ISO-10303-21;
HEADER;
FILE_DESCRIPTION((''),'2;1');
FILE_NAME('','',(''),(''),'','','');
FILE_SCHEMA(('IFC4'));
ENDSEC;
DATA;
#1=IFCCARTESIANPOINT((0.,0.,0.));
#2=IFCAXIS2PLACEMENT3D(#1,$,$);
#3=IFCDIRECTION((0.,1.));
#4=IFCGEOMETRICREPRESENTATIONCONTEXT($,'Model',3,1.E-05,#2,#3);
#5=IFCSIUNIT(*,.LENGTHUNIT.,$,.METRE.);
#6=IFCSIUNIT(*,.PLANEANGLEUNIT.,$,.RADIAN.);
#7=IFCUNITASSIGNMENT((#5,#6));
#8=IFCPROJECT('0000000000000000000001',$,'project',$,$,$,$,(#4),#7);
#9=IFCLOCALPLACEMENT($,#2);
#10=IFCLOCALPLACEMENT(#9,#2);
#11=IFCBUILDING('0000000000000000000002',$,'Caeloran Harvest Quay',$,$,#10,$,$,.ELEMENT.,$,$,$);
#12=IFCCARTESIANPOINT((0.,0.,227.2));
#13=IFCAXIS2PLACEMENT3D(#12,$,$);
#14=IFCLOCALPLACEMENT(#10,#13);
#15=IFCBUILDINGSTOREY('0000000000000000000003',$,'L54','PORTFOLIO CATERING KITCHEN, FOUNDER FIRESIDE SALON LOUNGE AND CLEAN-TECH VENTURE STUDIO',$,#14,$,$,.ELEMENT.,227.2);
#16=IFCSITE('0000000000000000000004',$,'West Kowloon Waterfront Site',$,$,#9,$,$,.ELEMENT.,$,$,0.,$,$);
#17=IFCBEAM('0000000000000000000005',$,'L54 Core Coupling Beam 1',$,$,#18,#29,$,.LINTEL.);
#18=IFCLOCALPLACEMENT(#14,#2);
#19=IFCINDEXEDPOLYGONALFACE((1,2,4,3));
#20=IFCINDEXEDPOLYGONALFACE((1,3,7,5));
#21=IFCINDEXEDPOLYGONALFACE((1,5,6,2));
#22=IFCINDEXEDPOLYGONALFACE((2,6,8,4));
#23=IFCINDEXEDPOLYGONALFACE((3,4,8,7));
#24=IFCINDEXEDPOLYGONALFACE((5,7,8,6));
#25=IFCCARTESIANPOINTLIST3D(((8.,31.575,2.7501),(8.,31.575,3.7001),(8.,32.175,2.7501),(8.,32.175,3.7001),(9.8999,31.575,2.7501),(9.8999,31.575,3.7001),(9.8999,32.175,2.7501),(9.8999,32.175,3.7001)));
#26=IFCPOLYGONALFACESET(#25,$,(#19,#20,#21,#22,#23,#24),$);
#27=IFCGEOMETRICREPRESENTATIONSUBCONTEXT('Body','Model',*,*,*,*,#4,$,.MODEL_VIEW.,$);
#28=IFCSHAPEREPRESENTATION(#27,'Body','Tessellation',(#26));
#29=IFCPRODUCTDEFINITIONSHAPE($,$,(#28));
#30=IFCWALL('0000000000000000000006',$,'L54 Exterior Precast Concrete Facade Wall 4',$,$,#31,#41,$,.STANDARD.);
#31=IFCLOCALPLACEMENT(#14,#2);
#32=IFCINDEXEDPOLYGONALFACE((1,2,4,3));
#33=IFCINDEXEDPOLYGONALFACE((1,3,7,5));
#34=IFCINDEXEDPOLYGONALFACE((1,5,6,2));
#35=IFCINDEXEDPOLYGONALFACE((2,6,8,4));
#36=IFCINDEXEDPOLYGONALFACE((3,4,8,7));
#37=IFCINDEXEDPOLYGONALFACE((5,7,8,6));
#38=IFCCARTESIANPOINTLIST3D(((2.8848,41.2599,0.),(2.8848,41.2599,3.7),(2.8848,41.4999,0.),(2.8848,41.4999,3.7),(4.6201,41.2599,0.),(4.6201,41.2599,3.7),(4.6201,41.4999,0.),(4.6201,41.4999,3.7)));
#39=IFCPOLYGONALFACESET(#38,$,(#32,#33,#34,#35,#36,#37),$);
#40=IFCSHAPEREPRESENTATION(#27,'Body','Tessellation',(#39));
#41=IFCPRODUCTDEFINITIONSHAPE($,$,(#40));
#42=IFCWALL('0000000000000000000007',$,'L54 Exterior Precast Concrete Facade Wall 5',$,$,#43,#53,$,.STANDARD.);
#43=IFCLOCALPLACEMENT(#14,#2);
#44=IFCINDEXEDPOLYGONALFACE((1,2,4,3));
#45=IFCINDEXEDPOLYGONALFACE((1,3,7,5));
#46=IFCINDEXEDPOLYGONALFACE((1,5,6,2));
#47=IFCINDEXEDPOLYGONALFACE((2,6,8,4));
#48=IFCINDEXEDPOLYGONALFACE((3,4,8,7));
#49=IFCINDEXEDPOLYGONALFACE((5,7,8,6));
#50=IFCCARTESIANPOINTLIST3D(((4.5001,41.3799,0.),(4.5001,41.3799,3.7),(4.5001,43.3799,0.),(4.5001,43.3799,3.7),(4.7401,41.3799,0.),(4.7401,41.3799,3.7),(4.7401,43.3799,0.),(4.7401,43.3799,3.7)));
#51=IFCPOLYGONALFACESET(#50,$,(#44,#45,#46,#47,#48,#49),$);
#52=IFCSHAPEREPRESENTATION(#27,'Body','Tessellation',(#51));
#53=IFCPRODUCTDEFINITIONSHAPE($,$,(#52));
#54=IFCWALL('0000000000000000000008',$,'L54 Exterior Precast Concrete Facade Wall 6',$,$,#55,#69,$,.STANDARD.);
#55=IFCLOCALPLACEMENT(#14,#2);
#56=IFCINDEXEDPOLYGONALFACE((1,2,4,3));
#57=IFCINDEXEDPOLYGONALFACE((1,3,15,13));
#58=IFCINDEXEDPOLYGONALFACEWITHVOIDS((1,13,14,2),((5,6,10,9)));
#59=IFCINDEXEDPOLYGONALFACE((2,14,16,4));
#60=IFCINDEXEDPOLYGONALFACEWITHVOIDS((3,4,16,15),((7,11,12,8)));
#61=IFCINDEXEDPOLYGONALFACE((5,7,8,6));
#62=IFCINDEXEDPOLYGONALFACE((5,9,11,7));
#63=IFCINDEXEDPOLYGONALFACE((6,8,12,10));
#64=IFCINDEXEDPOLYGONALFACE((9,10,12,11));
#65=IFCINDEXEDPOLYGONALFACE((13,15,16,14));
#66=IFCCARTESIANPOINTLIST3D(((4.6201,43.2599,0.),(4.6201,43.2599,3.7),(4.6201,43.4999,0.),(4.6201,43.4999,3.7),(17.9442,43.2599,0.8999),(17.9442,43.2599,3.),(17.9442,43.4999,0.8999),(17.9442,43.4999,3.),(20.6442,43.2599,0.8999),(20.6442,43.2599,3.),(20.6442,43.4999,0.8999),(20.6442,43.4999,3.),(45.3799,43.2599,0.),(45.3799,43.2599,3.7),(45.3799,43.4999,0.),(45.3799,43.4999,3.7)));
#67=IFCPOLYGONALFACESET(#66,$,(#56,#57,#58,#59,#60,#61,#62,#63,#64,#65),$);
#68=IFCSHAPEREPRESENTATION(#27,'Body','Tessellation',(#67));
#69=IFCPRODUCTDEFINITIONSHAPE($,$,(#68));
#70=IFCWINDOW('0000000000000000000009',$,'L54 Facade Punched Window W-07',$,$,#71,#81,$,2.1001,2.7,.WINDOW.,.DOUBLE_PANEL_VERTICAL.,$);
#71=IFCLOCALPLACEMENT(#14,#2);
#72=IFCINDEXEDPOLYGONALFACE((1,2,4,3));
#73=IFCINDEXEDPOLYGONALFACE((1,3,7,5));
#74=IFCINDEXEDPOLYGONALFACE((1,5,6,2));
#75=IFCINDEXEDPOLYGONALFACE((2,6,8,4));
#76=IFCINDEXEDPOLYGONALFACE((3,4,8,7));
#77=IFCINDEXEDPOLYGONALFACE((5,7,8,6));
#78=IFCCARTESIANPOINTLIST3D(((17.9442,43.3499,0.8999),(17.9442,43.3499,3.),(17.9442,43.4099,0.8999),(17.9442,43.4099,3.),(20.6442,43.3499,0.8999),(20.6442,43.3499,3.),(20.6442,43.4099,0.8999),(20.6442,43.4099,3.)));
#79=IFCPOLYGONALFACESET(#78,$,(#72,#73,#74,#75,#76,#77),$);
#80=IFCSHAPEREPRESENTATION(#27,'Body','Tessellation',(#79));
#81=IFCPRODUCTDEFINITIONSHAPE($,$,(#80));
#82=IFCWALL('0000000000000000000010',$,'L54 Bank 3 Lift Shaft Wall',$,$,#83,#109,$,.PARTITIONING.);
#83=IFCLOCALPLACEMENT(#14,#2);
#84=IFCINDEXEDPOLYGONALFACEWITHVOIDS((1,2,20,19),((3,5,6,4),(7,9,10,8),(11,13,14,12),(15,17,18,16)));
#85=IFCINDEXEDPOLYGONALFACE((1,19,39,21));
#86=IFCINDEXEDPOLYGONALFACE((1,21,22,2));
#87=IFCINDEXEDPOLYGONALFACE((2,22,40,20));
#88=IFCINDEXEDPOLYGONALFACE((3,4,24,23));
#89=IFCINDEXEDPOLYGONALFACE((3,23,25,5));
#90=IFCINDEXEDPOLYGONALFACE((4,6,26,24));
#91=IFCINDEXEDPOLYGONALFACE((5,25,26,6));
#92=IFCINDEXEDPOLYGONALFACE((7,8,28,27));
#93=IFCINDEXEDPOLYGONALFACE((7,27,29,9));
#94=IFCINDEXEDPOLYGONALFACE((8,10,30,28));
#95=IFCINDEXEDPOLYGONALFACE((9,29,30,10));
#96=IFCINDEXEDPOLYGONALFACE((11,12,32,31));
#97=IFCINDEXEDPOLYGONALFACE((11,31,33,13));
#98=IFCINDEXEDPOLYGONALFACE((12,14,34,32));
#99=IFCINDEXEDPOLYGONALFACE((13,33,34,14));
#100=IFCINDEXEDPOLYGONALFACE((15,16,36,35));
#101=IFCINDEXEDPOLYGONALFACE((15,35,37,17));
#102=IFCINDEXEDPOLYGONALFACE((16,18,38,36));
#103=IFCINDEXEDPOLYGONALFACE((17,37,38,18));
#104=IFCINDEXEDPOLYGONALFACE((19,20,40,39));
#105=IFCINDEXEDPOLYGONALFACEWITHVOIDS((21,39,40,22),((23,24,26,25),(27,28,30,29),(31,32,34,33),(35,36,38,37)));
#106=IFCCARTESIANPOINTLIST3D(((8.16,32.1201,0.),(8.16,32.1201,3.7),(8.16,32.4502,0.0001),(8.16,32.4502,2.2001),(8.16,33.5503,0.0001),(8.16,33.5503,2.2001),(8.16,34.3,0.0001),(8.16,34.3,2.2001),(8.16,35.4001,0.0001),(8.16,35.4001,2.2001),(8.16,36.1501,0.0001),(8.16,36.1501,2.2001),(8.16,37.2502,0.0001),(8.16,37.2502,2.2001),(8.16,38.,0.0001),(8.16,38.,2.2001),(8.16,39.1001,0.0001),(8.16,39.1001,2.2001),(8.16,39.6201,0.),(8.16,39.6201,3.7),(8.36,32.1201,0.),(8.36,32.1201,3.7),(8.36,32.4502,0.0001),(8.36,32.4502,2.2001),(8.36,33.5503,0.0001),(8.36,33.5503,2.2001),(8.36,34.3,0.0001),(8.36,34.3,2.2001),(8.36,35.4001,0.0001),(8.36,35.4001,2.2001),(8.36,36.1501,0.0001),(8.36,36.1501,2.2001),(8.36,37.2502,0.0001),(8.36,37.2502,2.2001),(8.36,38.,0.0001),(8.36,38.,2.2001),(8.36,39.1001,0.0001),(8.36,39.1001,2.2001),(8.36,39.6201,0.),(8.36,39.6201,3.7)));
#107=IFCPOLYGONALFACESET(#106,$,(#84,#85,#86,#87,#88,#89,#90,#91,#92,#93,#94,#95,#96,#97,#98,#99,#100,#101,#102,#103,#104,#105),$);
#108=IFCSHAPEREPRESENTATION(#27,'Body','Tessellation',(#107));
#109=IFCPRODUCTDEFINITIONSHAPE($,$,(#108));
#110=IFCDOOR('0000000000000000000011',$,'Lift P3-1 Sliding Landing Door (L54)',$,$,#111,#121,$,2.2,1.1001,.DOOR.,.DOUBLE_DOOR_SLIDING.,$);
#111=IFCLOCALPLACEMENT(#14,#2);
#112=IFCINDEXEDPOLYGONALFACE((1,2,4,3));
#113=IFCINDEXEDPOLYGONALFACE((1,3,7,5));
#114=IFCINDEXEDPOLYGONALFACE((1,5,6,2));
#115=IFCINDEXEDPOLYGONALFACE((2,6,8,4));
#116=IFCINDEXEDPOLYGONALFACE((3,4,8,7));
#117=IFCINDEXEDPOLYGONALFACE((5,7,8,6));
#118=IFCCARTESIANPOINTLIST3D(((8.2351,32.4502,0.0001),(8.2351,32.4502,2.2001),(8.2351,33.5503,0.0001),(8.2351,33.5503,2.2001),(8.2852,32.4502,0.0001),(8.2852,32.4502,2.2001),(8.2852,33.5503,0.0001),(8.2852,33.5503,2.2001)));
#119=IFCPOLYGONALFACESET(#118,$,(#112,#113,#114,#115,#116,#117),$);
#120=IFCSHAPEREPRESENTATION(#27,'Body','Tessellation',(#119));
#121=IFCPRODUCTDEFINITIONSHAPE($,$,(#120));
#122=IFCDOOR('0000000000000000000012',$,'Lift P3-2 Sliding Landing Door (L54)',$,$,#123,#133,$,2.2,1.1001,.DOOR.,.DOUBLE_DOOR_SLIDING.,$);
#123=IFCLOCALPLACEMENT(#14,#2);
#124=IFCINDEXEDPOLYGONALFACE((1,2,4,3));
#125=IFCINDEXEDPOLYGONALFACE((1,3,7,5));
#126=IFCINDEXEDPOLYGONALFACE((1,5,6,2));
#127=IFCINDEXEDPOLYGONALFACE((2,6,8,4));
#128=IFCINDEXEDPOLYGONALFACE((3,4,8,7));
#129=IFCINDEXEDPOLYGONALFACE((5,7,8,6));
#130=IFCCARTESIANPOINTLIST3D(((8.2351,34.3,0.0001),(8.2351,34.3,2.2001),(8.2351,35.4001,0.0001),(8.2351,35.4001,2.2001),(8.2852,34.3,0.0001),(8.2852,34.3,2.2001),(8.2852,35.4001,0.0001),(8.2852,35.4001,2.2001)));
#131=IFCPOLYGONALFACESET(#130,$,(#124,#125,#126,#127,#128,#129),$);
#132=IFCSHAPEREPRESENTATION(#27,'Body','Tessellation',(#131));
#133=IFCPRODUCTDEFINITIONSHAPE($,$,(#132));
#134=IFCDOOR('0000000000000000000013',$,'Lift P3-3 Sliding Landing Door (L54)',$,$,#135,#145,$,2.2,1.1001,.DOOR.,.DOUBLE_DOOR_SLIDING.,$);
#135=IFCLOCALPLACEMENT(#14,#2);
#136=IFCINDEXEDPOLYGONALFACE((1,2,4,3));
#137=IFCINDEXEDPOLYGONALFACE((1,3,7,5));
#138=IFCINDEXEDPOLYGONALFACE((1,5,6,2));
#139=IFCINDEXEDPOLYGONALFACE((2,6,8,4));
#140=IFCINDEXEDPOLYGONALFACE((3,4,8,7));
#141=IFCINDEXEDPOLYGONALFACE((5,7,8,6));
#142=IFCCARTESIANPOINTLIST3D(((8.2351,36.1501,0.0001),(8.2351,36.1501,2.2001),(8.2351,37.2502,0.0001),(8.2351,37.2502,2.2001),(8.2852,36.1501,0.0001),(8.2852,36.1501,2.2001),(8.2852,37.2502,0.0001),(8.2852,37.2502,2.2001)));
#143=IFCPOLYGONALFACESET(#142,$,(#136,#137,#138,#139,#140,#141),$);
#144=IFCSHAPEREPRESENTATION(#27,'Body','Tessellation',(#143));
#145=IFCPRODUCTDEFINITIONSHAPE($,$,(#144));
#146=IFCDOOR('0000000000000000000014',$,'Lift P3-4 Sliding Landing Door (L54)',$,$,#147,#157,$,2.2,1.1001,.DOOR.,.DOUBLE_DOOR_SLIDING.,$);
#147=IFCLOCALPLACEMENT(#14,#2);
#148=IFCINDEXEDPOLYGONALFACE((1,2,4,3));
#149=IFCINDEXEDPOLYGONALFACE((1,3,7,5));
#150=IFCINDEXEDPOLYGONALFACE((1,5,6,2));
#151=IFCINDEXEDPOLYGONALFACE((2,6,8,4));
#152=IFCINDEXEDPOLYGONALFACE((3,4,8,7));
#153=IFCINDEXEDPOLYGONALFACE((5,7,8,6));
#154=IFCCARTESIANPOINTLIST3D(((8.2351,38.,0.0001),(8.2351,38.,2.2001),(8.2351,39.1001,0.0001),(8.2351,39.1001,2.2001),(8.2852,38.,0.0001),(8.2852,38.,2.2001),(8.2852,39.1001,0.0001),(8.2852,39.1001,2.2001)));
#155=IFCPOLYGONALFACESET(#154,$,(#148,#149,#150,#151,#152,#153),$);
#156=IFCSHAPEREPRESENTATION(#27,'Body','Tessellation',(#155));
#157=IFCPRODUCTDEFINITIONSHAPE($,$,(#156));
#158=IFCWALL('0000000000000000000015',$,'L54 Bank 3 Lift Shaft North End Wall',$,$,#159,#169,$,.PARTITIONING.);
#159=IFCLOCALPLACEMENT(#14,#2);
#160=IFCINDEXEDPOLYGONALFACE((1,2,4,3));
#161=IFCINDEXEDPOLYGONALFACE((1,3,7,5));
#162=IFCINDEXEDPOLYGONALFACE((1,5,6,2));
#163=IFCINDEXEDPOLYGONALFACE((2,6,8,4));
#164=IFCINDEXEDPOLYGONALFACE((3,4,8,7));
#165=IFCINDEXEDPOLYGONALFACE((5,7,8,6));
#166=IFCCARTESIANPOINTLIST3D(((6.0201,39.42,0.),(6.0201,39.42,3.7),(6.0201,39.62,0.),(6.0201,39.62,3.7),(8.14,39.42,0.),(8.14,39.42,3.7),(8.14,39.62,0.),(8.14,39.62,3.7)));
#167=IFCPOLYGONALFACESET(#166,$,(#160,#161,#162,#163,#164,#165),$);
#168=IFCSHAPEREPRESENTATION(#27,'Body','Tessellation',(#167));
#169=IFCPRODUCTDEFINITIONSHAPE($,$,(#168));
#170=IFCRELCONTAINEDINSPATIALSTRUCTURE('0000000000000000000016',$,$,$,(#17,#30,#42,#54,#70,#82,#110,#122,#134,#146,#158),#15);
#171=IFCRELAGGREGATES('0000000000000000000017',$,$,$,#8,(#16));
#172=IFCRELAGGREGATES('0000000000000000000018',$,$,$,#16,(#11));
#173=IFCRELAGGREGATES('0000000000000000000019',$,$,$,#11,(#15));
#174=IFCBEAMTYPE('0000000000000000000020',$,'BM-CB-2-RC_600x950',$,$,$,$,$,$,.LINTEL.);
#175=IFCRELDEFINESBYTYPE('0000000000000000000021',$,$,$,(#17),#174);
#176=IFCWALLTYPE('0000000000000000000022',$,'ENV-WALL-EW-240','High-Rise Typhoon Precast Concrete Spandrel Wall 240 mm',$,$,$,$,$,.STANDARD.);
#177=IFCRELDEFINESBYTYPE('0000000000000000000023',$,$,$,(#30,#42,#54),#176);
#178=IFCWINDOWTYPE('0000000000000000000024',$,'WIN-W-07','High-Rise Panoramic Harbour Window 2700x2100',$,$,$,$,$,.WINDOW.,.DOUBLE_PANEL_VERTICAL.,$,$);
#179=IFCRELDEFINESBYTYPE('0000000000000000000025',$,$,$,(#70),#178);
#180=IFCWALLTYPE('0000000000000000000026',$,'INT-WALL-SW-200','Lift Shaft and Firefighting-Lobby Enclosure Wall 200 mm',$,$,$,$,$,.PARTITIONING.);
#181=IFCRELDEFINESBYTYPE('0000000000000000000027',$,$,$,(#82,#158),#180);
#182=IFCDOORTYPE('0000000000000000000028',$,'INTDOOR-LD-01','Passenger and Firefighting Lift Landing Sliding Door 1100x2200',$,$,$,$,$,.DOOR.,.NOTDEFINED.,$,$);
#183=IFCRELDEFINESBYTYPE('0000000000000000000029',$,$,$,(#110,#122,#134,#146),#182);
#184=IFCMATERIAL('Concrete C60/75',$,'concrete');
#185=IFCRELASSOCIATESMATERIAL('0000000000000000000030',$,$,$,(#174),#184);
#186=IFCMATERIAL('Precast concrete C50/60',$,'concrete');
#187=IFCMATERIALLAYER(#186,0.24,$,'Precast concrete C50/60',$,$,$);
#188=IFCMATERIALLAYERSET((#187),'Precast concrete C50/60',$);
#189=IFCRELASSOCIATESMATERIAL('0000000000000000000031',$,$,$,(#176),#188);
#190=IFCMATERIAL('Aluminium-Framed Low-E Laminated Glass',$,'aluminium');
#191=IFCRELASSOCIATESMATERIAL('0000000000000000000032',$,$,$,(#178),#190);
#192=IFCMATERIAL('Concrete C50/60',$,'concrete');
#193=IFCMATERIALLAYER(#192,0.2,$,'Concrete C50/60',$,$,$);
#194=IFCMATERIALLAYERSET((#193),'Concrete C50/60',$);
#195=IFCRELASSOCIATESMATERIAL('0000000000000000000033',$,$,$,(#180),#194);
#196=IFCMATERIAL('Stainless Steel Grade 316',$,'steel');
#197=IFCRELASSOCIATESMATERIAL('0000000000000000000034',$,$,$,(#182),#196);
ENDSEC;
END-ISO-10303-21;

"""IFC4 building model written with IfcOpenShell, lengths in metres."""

from ifc_helpers import new_model, si_unit, direction, frame, frame_2d, origin, origin_2d, place, context, subcontext, project, spatial, rectangle, extrude, material, layer, layer_set, material_profile, profile_set, type_object, element, fill, save


model = new_model("IFC4")

# Units and contexts
model_context = context("Model", 3, precision=1e-05, world=origin(), true_north=direction((0.0, 1.0)))
body_context = subcontext(model_context, "Body", "Model", "MODEL_VIEW")
ifc_project = project(units=[si_unit("LENGTHUNIT", "METRE"), si_unit("PLANEANGLEUNIT", "RADIAN")], contexts=[model_context])

# Site, building, storey
site_placement = place(None, origin())
site = spatial("IfcSite", under=ifc_project, at=site_placement, Name="West Kowloon Waterfront Site", CompositionType="ELEMENT", RefElevation=0.0)
building_placement = place(site_placement, origin())
building = spatial("IfcBuilding", under=site, at=building_placement, Name="Caeloran Harvest Quay", CompositionType="ELEMENT")
storey_placement = place(building_placement, frame((0.0, 0.0, 227.2)))
storey = spatial("IfcBuildingStorey", under=building, at=storey_placement, Name="L54", Description="PORTFOLIO CATERING KITCHEN, FOUNDER FIRESIDE SALON LOUNGE AND CLEAN-TECH VENTURE STUDIO", CompositionType="ELEMENT", Elevation=227.2)

# Beam
ifc_material_1 = material(Name="Concrete C60/75", Category="concrete")
ifc_material_profile = material_profile(ifc_material_1, rectangle(XDim=0.6001, YDim=0.95, at=origin_2d()), Name="RC 600x950")
ifc_profile_set = profile_set([ifc_material_profile], Name="Concrete C60/75")
beam_type = type_object("IfcBeamType", Name="BM-CB-2-RC_600x950", PredefinedType="LINTEL", material=ifc_profile_set)
beam_placement = place(storey_placement, frame((8.0, 31.875, 3.2251), z_axis=(1.0, 0.0, 0.0), x_axis=(0.0, 1.0, 0.0)))
element("IfcBeam", 1, at=beam_placement, inside=storey, type_object=beam_type, Name="L54 Core Coupling Beam 1", PredefinedType="LINTEL", context=body_context, shape_type="SweptSolid", body=[
    extrude(rectangle(XDim=0.6001, YDim=0.95, at=origin_2d()), origin(), (0.0, 0.0, 1.0), 1.8999),
])

# Walls
ifc_material_2 = material(Name="Precast concrete C50/60", Category="concrete")
ifc_layer_1 = layer(ifc_material_2, 0.24, Name="Precast concrete C50/60")
ifc_layer_set_1 = layer_set([ifc_layer_1], Name="Precast concrete C50/60")
wall_type_1 = type_object("IfcWallType", Name="ENV-WALL-EW-240", Description="High-Rise Typhoon Precast Concrete Spandrel Wall 240 mm", PredefinedType="STANDARD", material=ifc_layer_set_1)
wall_1_placement = place(storey_placement, frame((2.8848, 41.3799, 0.0), z_axis=(0.0, 0.0, 1.0), x_axis=(1.0, 0.0, 0.0)))
element("IfcWall", 2, at=wall_1_placement, inside=storey, type_object=wall_type_1, Name="L54 Exterior Precast Concrete Facade Wall 4", PredefinedType="STANDARD", context=body_context, shape_type="SweptSolid", body=[
    extrude(rectangle(XDim=1.7354, YDim=0.24, at=frame_2d((0.8677, 0.0))), origin(), (0.0, 0.0, 1.0), 3.7),
])
wall_2_placement = place(storey_placement, frame((4.6201, 41.3799, 0.0), z_axis=(0.0, 0.0, 1.0), x_axis=(0.0, 1.0, 0.0)))
element("IfcWall", 3, at=wall_2_placement, inside=storey, type_object=wall_type_1, Name="L54 Exterior Precast Concrete Facade Wall 5", PredefinedType="STANDARD", context=body_context, shape_type="SweptSolid", body=[
    extrude(rectangle(XDim=2.0, YDim=0.24, at=frame_2d((1.0, 0.0))), origin(), (0.0, 0.0, 1.0), 3.7),
])

# Wall, opening, window
wall_3_placement = place(storey_placement, frame((4.6201, 43.3799, 0.0), z_axis=(0.0, 0.0, 1.0), x_axis=(1.0, 0.0, 0.0)))
wall_3 = element("IfcWall", 4, at=wall_3_placement, inside=storey, type_object=wall_type_1, Name="L54 Exterior Precast Concrete Facade Wall 6", PredefinedType="STANDARD", context=body_context, shape_type="SweptSolid", body=[
    extrude(rectangle(XDim=40.7598, YDim=0.24, at=frame_2d((20.3799, 0.0))), origin(), (0.0, 0.0, 1.0), 3.7),
])
opening_1_placement = place(wall_3_placement, frame((13.324, 0.0, 0.8999)))
opening_1 = element("IfcOpeningElement", 5, at=opening_1_placement, cuts=wall_3, PredefinedType="OPENING", context=body_context, shape_type="SweptSolid", body=[
    extrude(rectangle(XDim=2.7, YDim=2.1001, at=frame_2d((1.3501, 1.05))), frame((0.0, 0.1299, 0.0), z_axis=(0.0, -1.0, 0.0), x_axis=(1.0, 0.0, 0.0)), (0.0, 0.0, 1.0), 0.26),
])
ifc_material_3 = material(Name="Aluminium-Framed Low-E Laminated Glass", Category="aluminium")
window_type = type_object("IfcWindowType", Name="WIN-W-07", Description="High-Rise Panoramic Harbour Window 2700x2100", PartitioningType="DOUBLE_PANEL_VERTICAL", PredefinedType="WINDOW", material=ifc_material_3)
window_placement = place(opening_1_placement, origin())
window = element("IfcWindow", 6, at=window_placement, inside=storey, type_object=window_type, Name="L54 Facade Punched Window W-07", OverallHeight=2.1001, OverallWidth=2.7, PartitioningType="DOUBLE_PANEL_VERTICAL", PredefinedType="WINDOW", context=body_context, shape_type="SweptSolid", body=[
    extrude(rectangle(XDim=2.7, YDim=2.1001, at=frame_2d((1.3501, 1.05))), frame((0.0, 0.03, 0.0), z_axis=(0.0, -1.0, 0.0), x_axis=(1.0, 0.0, 0.0)), (0.0, 0.0, 1.0), 0.0601),
])
fill(opening_1, window)

# Wall, openings, doors
ifc_material_4 = material(Name="Concrete C50/60", Category="concrete")
ifc_layer_2 = layer(ifc_material_4, 0.2, Name="Concrete C50/60")
ifc_layer_set_2 = layer_set([ifc_layer_2], Name="Concrete C50/60")
wall_type_2 = type_object("IfcWallType", Name="INT-WALL-SW-200", Description="Lift Shaft and Firefighting-Lobby Enclosure Wall 200 mm", PredefinedType="PARTITIONING", material=ifc_layer_set_2)
wall_4_placement = place(storey_placement, frame((8.26, 32.1201, 0.0), z_axis=(0.0, 0.0, 1.0), x_axis=(0.0, 1.0, 0.0)))
wall_4 = element("IfcWall", 7, at=wall_4_placement, inside=storey, type_object=wall_type_2, Name="L54 Bank 3 Lift Shaft Wall", PredefinedType="PARTITIONING", context=body_context, shape_type="SweptSolid", body=[
    extrude(rectangle(XDim=7.5, YDim=0.2, at=frame_2d((3.75, 0.0))), origin(), (0.0, 0.0, 1.0), 3.7),
])
opening_2_placement = place(wall_4_placement, frame((0.3301, 0.0, 0.0)))
opening_2 = element("IfcOpeningElement", 8, at=opening_2_placement, cuts=wall_4, PredefinedType="OPENING", context=body_context, shape_type="SweptSolid", body=[
    extrude(rectangle(XDim=1.1001, YDim=2.2, at=frame_2d((0.55, 1.1001))), frame((0.0, 0.1099, 0.0), z_axis=(0.0, -1.0, 0.0), x_axis=(1.0, 0.0, 0.0)), (0.0, 0.0, 1.0), 0.22),
])
opening_3_placement = place(wall_4_placement, frame((2.1799, 0.0, 0.0)))
opening_3 = element("IfcOpeningElement", 9, at=opening_3_placement, cuts=wall_4, PredefinedType="OPENING", context=body_context, shape_type="SweptSolid", body=[
    extrude(rectangle(XDim=1.1001, YDim=2.2, at=frame_2d((0.55, 1.1001))), frame((0.0, 0.1099, 0.0), z_axis=(0.0, -1.0, 0.0), x_axis=(1.0, 0.0, 0.0)), (0.0, 0.0, 1.0), 0.22),
])
opening_4_placement = place(wall_4_placement, frame((4.03, 0.0, 0.0)))
opening_4 = element("IfcOpeningElement", 10, at=opening_4_placement, cuts=wall_4, PredefinedType="OPENING", context=body_context, shape_type="SweptSolid", body=[
    extrude(rectangle(XDim=1.1001, YDim=2.2, at=frame_2d((0.55, 1.1001))), frame((0.0, 0.1099, 0.0), z_axis=(0.0, -1.0, 0.0), x_axis=(1.0, 0.0, 0.0)), (0.0, 0.0, 1.0), 0.22),
])
opening_5_placement = place(wall_4_placement, frame((5.8799, 0.0, 0.0)))
opening_5 = element("IfcOpeningElement", 11, at=opening_5_placement, cuts=wall_4, PredefinedType="OPENING", context=body_context, shape_type="SweptSolid", body=[
    extrude(rectangle(XDim=1.1001, YDim=2.2, at=frame_2d((0.55, 1.1001))), frame((0.0, 0.1099, 0.0), z_axis=(0.0, -1.0, 0.0), x_axis=(1.0, 0.0, 0.0)), (0.0, 0.0, 1.0), 0.22),
])
ifc_material_5 = material(Name="Stainless Steel Grade 316", Category="steel")
door_type_1 = type_object("IfcDoorType", Name="INTDOOR-LD-01", Description="Passenger and Firefighting Lift Landing Sliding Door 1100x2200", OperationType="NOTDEFINED", PredefinedType="DOOR", material=ifc_material_5)
door_1_placement = place(opening_2_placement, origin())
door_1 = element("IfcDoor", 12, at=door_1_placement, inside=storey, type_object=door_type_1, Name="Lift P3-1 Sliding Landing Door (L54)", OperationType="DOUBLE_DOOR_SLIDING", OverallHeight=2.2, OverallWidth=1.1001, PredefinedType="DOOR", context=body_context, shape_type="SweptSolid", body=[
    extrude(rectangle(XDim=1.1001, YDim=2.2, at=frame_2d((0.55, 1.1001))), frame((0.0, 0.0249, 0.0), z_axis=(0.0, -1.0, 0.0), x_axis=(1.0, 0.0, 0.0)), (0.0, 0.0, 1.0), 0.05),
])
fill(opening_2, door_1)
door_2_placement = place(opening_3_placement, origin())
door_2 = element("IfcDoor", 13, at=door_2_placement, inside=storey, type_object=door_type_1, Name="Lift P3-2 Sliding Landing Door (L54)", OperationType="DOUBLE_DOOR_SLIDING", OverallHeight=2.2, OverallWidth=1.1001, PredefinedType="DOOR", context=body_context, shape_type="SweptSolid", body=[
    extrude(rectangle(XDim=1.1001, YDim=2.2, at=frame_2d((0.55, 1.1001))), frame((0.0, 0.0249, 0.0), z_axis=(0.0, -1.0, 0.0), x_axis=(1.0, 0.0, 0.0)), (0.0, 0.0, 1.0), 0.05),
])
fill(opening_3, door_2)
door_3_placement = place(opening_4_placement, origin())
door_3 = element("IfcDoor", 14, at=door_3_placement, inside=storey, type_object=door_type_1, Name="Lift P3-3 Sliding Landing Door (L54)", OperationType="DOUBLE_DOOR_SLIDING", OverallHeight=2.2, OverallWidth=1.1001, PredefinedType="DOOR", context=body_context, shape_type="SweptSolid", body=[
    extrude(rectangle(XDim=1.1001, YDim=2.2, at=frame_2d((0.55, 1.1001))), frame((0.0, 0.0249, 0.0), z_axis=(0.0, -1.0, 0.0), x_axis=(1.0, 0.0, 0.0)), (0.0, 0.0, 1.0), 0.05),
])
fill(opening_4, door_3)
door_4_placement = place(opening_5_placement, origin())
door_4 = element("IfcDoor", 15, at=door_4_placement, inside=storey, type_object=door_type_1, Name="Lift P3-4 Sliding Landing Door (L54)", OperationType="DOUBLE_DOOR_SLIDING", OverallHeight=2.2, OverallWidth=1.1001, PredefinedType="DOOR", context=body_context, shape_type="SweptSolid", body=[
    extrude(rectangle(XDim=1.1001, YDim=2.2, at=frame_2d((0.55, 1.1001))), frame((0.0, 0.0249, 0.0), z_axis=(0.0, -1.0, 0.0), x_axis=(1.0, 0.0, 0.0)), (0.0, 0.0, 1.0), 0.05),
])
fill(opening_5, door_4)

# Wall
wall_5_placement = place(storey_placement, frame((6.02, 39.52, 0.0), z_axis=(0.0, 0.0, 1.0), x_axis=(1.0, 0.0, 0.0)))
element("IfcWall", 16, at=wall_5_placement, inside=storey, type_object=wall_type_2, Name="L54 Bank 3 Lift Shaft North End Wall", PredefinedType="PARTITIONING", context=body_context, shape_type="SweptSolid", body=[
    extrude(rectangle(XDim=2.1199, YDim=0.2, at=frame_2d((1.0601, 0.0))), origin(), (0.0, 0.0, 1.0), 3.7),
])

save(model, "model.ifc")
